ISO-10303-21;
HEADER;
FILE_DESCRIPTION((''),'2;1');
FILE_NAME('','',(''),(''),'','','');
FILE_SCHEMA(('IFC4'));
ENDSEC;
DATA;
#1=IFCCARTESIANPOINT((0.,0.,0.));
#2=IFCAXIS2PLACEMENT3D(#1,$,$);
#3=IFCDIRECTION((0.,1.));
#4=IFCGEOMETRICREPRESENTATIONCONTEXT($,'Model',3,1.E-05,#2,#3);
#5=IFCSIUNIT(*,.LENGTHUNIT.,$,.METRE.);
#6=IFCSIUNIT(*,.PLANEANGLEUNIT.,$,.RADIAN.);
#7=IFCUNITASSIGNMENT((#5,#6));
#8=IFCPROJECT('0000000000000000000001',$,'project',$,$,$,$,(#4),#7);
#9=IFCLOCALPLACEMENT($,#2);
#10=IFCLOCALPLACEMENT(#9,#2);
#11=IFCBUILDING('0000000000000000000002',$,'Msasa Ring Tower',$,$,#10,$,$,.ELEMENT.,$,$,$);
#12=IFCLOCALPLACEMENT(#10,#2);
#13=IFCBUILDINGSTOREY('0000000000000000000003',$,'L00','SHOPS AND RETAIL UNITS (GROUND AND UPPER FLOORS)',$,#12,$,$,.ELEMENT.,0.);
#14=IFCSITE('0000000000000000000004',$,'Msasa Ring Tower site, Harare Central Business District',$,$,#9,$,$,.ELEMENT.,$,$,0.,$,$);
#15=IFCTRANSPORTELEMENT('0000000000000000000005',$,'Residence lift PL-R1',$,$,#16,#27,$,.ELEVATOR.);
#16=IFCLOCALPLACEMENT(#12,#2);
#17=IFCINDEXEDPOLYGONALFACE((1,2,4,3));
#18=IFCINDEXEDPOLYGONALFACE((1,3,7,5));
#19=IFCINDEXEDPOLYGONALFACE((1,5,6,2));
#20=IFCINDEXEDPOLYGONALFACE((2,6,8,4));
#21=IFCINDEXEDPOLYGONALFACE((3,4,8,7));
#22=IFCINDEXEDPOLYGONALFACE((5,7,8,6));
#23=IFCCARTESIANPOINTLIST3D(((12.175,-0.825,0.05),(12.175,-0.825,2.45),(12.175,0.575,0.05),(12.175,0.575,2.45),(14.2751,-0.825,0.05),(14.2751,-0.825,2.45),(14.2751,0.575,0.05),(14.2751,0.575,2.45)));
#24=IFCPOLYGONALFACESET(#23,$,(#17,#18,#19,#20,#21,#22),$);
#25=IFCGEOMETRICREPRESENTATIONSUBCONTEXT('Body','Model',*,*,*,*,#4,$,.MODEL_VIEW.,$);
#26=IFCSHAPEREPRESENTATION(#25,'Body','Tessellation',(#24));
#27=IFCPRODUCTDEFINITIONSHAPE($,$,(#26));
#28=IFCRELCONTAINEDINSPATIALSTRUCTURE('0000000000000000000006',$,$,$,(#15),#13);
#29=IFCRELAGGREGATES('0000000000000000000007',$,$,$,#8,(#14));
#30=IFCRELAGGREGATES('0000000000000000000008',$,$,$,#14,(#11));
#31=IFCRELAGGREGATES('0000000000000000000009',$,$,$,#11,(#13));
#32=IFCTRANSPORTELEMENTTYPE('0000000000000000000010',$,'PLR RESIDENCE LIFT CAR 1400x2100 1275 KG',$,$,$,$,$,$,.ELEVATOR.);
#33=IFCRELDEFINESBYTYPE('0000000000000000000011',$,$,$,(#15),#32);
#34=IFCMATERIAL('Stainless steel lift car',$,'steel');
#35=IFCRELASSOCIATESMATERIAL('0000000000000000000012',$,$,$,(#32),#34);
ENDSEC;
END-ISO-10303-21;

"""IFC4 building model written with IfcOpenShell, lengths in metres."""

from ifc_helpers import new_model, si_unit, direction, frame, origin, origin_2d, place, context, subcontext, project, spatial, rectangle, extrude, material, type_object, element, save


model = new_model("IFC4")

# Units and contexts
model_context = context("Model", 3, precision=1e-05, world=origin(), true_north=direction((0.0, 1.0)))
body_context = subcontext(model_context, "Body", "Model", "MODEL_VIEW")
ifc_project = project(units=[si_unit("LENGTHUNIT", "METRE"), si_unit("PLANEANGLEUNIT", "RADIAN")], contexts=[model_context])

# Site, building, storey
site_placement = place(None, origin())
site = spatial("IfcSite", under=ifc_project, at=site_placement, Name="Msasa Ring Tower site, Harare Central Business District", CompositionType="ELEMENT", RefElevation=0.0)
building_placement = place(site_placement, origin())
building = spatial("IfcBuilding", under=site, at=building_placement, Name="Msasa Ring Tower", CompositionType="ELEMENT")
storey_placement = place(building_placement, origin())
storey = spatial("IfcBuildingStorey", under=building, at=storey_placement, Name="L00", Description="SHOPS AND RETAIL UNITS (GROUND AND UPPER FLOORS)", CompositionType="ELEMENT", Elevation=0.0)

# Transport element
ifc_material_1 = material(Name="Stainless steel lift car", Category="steel")
transport_element_type_1 = type_object("IfcTransportElementType", Name="PLR RESIDENCE LIFT CAR 1400x2100 1275 KG", PredefinedType="ELEVATOR", material=ifc_material_1)
transport_element_1_placement = place(storey_placement, frame((13.2251, -0.125, 0.05), z_axis=(0.0, 0.0, 1.0), x_axis=(1.0, 0.0, 0.0)))
element("IfcTransportElement", 1, at=transport_element_1_placement, inside=storey, type_object=transport_element_type_1, Name="Residence lift PL-R1", PredefinedType="ELEVATOR", context=body_context, shape_type="SweptSolid", body=[
    extrude(rectangle(XDim=2.1001, YDim=1.3999, at=origin_2d()), origin(), (0.0, 0.0, 1.0), 2.3999),
])

save(model, "model.ifc")
